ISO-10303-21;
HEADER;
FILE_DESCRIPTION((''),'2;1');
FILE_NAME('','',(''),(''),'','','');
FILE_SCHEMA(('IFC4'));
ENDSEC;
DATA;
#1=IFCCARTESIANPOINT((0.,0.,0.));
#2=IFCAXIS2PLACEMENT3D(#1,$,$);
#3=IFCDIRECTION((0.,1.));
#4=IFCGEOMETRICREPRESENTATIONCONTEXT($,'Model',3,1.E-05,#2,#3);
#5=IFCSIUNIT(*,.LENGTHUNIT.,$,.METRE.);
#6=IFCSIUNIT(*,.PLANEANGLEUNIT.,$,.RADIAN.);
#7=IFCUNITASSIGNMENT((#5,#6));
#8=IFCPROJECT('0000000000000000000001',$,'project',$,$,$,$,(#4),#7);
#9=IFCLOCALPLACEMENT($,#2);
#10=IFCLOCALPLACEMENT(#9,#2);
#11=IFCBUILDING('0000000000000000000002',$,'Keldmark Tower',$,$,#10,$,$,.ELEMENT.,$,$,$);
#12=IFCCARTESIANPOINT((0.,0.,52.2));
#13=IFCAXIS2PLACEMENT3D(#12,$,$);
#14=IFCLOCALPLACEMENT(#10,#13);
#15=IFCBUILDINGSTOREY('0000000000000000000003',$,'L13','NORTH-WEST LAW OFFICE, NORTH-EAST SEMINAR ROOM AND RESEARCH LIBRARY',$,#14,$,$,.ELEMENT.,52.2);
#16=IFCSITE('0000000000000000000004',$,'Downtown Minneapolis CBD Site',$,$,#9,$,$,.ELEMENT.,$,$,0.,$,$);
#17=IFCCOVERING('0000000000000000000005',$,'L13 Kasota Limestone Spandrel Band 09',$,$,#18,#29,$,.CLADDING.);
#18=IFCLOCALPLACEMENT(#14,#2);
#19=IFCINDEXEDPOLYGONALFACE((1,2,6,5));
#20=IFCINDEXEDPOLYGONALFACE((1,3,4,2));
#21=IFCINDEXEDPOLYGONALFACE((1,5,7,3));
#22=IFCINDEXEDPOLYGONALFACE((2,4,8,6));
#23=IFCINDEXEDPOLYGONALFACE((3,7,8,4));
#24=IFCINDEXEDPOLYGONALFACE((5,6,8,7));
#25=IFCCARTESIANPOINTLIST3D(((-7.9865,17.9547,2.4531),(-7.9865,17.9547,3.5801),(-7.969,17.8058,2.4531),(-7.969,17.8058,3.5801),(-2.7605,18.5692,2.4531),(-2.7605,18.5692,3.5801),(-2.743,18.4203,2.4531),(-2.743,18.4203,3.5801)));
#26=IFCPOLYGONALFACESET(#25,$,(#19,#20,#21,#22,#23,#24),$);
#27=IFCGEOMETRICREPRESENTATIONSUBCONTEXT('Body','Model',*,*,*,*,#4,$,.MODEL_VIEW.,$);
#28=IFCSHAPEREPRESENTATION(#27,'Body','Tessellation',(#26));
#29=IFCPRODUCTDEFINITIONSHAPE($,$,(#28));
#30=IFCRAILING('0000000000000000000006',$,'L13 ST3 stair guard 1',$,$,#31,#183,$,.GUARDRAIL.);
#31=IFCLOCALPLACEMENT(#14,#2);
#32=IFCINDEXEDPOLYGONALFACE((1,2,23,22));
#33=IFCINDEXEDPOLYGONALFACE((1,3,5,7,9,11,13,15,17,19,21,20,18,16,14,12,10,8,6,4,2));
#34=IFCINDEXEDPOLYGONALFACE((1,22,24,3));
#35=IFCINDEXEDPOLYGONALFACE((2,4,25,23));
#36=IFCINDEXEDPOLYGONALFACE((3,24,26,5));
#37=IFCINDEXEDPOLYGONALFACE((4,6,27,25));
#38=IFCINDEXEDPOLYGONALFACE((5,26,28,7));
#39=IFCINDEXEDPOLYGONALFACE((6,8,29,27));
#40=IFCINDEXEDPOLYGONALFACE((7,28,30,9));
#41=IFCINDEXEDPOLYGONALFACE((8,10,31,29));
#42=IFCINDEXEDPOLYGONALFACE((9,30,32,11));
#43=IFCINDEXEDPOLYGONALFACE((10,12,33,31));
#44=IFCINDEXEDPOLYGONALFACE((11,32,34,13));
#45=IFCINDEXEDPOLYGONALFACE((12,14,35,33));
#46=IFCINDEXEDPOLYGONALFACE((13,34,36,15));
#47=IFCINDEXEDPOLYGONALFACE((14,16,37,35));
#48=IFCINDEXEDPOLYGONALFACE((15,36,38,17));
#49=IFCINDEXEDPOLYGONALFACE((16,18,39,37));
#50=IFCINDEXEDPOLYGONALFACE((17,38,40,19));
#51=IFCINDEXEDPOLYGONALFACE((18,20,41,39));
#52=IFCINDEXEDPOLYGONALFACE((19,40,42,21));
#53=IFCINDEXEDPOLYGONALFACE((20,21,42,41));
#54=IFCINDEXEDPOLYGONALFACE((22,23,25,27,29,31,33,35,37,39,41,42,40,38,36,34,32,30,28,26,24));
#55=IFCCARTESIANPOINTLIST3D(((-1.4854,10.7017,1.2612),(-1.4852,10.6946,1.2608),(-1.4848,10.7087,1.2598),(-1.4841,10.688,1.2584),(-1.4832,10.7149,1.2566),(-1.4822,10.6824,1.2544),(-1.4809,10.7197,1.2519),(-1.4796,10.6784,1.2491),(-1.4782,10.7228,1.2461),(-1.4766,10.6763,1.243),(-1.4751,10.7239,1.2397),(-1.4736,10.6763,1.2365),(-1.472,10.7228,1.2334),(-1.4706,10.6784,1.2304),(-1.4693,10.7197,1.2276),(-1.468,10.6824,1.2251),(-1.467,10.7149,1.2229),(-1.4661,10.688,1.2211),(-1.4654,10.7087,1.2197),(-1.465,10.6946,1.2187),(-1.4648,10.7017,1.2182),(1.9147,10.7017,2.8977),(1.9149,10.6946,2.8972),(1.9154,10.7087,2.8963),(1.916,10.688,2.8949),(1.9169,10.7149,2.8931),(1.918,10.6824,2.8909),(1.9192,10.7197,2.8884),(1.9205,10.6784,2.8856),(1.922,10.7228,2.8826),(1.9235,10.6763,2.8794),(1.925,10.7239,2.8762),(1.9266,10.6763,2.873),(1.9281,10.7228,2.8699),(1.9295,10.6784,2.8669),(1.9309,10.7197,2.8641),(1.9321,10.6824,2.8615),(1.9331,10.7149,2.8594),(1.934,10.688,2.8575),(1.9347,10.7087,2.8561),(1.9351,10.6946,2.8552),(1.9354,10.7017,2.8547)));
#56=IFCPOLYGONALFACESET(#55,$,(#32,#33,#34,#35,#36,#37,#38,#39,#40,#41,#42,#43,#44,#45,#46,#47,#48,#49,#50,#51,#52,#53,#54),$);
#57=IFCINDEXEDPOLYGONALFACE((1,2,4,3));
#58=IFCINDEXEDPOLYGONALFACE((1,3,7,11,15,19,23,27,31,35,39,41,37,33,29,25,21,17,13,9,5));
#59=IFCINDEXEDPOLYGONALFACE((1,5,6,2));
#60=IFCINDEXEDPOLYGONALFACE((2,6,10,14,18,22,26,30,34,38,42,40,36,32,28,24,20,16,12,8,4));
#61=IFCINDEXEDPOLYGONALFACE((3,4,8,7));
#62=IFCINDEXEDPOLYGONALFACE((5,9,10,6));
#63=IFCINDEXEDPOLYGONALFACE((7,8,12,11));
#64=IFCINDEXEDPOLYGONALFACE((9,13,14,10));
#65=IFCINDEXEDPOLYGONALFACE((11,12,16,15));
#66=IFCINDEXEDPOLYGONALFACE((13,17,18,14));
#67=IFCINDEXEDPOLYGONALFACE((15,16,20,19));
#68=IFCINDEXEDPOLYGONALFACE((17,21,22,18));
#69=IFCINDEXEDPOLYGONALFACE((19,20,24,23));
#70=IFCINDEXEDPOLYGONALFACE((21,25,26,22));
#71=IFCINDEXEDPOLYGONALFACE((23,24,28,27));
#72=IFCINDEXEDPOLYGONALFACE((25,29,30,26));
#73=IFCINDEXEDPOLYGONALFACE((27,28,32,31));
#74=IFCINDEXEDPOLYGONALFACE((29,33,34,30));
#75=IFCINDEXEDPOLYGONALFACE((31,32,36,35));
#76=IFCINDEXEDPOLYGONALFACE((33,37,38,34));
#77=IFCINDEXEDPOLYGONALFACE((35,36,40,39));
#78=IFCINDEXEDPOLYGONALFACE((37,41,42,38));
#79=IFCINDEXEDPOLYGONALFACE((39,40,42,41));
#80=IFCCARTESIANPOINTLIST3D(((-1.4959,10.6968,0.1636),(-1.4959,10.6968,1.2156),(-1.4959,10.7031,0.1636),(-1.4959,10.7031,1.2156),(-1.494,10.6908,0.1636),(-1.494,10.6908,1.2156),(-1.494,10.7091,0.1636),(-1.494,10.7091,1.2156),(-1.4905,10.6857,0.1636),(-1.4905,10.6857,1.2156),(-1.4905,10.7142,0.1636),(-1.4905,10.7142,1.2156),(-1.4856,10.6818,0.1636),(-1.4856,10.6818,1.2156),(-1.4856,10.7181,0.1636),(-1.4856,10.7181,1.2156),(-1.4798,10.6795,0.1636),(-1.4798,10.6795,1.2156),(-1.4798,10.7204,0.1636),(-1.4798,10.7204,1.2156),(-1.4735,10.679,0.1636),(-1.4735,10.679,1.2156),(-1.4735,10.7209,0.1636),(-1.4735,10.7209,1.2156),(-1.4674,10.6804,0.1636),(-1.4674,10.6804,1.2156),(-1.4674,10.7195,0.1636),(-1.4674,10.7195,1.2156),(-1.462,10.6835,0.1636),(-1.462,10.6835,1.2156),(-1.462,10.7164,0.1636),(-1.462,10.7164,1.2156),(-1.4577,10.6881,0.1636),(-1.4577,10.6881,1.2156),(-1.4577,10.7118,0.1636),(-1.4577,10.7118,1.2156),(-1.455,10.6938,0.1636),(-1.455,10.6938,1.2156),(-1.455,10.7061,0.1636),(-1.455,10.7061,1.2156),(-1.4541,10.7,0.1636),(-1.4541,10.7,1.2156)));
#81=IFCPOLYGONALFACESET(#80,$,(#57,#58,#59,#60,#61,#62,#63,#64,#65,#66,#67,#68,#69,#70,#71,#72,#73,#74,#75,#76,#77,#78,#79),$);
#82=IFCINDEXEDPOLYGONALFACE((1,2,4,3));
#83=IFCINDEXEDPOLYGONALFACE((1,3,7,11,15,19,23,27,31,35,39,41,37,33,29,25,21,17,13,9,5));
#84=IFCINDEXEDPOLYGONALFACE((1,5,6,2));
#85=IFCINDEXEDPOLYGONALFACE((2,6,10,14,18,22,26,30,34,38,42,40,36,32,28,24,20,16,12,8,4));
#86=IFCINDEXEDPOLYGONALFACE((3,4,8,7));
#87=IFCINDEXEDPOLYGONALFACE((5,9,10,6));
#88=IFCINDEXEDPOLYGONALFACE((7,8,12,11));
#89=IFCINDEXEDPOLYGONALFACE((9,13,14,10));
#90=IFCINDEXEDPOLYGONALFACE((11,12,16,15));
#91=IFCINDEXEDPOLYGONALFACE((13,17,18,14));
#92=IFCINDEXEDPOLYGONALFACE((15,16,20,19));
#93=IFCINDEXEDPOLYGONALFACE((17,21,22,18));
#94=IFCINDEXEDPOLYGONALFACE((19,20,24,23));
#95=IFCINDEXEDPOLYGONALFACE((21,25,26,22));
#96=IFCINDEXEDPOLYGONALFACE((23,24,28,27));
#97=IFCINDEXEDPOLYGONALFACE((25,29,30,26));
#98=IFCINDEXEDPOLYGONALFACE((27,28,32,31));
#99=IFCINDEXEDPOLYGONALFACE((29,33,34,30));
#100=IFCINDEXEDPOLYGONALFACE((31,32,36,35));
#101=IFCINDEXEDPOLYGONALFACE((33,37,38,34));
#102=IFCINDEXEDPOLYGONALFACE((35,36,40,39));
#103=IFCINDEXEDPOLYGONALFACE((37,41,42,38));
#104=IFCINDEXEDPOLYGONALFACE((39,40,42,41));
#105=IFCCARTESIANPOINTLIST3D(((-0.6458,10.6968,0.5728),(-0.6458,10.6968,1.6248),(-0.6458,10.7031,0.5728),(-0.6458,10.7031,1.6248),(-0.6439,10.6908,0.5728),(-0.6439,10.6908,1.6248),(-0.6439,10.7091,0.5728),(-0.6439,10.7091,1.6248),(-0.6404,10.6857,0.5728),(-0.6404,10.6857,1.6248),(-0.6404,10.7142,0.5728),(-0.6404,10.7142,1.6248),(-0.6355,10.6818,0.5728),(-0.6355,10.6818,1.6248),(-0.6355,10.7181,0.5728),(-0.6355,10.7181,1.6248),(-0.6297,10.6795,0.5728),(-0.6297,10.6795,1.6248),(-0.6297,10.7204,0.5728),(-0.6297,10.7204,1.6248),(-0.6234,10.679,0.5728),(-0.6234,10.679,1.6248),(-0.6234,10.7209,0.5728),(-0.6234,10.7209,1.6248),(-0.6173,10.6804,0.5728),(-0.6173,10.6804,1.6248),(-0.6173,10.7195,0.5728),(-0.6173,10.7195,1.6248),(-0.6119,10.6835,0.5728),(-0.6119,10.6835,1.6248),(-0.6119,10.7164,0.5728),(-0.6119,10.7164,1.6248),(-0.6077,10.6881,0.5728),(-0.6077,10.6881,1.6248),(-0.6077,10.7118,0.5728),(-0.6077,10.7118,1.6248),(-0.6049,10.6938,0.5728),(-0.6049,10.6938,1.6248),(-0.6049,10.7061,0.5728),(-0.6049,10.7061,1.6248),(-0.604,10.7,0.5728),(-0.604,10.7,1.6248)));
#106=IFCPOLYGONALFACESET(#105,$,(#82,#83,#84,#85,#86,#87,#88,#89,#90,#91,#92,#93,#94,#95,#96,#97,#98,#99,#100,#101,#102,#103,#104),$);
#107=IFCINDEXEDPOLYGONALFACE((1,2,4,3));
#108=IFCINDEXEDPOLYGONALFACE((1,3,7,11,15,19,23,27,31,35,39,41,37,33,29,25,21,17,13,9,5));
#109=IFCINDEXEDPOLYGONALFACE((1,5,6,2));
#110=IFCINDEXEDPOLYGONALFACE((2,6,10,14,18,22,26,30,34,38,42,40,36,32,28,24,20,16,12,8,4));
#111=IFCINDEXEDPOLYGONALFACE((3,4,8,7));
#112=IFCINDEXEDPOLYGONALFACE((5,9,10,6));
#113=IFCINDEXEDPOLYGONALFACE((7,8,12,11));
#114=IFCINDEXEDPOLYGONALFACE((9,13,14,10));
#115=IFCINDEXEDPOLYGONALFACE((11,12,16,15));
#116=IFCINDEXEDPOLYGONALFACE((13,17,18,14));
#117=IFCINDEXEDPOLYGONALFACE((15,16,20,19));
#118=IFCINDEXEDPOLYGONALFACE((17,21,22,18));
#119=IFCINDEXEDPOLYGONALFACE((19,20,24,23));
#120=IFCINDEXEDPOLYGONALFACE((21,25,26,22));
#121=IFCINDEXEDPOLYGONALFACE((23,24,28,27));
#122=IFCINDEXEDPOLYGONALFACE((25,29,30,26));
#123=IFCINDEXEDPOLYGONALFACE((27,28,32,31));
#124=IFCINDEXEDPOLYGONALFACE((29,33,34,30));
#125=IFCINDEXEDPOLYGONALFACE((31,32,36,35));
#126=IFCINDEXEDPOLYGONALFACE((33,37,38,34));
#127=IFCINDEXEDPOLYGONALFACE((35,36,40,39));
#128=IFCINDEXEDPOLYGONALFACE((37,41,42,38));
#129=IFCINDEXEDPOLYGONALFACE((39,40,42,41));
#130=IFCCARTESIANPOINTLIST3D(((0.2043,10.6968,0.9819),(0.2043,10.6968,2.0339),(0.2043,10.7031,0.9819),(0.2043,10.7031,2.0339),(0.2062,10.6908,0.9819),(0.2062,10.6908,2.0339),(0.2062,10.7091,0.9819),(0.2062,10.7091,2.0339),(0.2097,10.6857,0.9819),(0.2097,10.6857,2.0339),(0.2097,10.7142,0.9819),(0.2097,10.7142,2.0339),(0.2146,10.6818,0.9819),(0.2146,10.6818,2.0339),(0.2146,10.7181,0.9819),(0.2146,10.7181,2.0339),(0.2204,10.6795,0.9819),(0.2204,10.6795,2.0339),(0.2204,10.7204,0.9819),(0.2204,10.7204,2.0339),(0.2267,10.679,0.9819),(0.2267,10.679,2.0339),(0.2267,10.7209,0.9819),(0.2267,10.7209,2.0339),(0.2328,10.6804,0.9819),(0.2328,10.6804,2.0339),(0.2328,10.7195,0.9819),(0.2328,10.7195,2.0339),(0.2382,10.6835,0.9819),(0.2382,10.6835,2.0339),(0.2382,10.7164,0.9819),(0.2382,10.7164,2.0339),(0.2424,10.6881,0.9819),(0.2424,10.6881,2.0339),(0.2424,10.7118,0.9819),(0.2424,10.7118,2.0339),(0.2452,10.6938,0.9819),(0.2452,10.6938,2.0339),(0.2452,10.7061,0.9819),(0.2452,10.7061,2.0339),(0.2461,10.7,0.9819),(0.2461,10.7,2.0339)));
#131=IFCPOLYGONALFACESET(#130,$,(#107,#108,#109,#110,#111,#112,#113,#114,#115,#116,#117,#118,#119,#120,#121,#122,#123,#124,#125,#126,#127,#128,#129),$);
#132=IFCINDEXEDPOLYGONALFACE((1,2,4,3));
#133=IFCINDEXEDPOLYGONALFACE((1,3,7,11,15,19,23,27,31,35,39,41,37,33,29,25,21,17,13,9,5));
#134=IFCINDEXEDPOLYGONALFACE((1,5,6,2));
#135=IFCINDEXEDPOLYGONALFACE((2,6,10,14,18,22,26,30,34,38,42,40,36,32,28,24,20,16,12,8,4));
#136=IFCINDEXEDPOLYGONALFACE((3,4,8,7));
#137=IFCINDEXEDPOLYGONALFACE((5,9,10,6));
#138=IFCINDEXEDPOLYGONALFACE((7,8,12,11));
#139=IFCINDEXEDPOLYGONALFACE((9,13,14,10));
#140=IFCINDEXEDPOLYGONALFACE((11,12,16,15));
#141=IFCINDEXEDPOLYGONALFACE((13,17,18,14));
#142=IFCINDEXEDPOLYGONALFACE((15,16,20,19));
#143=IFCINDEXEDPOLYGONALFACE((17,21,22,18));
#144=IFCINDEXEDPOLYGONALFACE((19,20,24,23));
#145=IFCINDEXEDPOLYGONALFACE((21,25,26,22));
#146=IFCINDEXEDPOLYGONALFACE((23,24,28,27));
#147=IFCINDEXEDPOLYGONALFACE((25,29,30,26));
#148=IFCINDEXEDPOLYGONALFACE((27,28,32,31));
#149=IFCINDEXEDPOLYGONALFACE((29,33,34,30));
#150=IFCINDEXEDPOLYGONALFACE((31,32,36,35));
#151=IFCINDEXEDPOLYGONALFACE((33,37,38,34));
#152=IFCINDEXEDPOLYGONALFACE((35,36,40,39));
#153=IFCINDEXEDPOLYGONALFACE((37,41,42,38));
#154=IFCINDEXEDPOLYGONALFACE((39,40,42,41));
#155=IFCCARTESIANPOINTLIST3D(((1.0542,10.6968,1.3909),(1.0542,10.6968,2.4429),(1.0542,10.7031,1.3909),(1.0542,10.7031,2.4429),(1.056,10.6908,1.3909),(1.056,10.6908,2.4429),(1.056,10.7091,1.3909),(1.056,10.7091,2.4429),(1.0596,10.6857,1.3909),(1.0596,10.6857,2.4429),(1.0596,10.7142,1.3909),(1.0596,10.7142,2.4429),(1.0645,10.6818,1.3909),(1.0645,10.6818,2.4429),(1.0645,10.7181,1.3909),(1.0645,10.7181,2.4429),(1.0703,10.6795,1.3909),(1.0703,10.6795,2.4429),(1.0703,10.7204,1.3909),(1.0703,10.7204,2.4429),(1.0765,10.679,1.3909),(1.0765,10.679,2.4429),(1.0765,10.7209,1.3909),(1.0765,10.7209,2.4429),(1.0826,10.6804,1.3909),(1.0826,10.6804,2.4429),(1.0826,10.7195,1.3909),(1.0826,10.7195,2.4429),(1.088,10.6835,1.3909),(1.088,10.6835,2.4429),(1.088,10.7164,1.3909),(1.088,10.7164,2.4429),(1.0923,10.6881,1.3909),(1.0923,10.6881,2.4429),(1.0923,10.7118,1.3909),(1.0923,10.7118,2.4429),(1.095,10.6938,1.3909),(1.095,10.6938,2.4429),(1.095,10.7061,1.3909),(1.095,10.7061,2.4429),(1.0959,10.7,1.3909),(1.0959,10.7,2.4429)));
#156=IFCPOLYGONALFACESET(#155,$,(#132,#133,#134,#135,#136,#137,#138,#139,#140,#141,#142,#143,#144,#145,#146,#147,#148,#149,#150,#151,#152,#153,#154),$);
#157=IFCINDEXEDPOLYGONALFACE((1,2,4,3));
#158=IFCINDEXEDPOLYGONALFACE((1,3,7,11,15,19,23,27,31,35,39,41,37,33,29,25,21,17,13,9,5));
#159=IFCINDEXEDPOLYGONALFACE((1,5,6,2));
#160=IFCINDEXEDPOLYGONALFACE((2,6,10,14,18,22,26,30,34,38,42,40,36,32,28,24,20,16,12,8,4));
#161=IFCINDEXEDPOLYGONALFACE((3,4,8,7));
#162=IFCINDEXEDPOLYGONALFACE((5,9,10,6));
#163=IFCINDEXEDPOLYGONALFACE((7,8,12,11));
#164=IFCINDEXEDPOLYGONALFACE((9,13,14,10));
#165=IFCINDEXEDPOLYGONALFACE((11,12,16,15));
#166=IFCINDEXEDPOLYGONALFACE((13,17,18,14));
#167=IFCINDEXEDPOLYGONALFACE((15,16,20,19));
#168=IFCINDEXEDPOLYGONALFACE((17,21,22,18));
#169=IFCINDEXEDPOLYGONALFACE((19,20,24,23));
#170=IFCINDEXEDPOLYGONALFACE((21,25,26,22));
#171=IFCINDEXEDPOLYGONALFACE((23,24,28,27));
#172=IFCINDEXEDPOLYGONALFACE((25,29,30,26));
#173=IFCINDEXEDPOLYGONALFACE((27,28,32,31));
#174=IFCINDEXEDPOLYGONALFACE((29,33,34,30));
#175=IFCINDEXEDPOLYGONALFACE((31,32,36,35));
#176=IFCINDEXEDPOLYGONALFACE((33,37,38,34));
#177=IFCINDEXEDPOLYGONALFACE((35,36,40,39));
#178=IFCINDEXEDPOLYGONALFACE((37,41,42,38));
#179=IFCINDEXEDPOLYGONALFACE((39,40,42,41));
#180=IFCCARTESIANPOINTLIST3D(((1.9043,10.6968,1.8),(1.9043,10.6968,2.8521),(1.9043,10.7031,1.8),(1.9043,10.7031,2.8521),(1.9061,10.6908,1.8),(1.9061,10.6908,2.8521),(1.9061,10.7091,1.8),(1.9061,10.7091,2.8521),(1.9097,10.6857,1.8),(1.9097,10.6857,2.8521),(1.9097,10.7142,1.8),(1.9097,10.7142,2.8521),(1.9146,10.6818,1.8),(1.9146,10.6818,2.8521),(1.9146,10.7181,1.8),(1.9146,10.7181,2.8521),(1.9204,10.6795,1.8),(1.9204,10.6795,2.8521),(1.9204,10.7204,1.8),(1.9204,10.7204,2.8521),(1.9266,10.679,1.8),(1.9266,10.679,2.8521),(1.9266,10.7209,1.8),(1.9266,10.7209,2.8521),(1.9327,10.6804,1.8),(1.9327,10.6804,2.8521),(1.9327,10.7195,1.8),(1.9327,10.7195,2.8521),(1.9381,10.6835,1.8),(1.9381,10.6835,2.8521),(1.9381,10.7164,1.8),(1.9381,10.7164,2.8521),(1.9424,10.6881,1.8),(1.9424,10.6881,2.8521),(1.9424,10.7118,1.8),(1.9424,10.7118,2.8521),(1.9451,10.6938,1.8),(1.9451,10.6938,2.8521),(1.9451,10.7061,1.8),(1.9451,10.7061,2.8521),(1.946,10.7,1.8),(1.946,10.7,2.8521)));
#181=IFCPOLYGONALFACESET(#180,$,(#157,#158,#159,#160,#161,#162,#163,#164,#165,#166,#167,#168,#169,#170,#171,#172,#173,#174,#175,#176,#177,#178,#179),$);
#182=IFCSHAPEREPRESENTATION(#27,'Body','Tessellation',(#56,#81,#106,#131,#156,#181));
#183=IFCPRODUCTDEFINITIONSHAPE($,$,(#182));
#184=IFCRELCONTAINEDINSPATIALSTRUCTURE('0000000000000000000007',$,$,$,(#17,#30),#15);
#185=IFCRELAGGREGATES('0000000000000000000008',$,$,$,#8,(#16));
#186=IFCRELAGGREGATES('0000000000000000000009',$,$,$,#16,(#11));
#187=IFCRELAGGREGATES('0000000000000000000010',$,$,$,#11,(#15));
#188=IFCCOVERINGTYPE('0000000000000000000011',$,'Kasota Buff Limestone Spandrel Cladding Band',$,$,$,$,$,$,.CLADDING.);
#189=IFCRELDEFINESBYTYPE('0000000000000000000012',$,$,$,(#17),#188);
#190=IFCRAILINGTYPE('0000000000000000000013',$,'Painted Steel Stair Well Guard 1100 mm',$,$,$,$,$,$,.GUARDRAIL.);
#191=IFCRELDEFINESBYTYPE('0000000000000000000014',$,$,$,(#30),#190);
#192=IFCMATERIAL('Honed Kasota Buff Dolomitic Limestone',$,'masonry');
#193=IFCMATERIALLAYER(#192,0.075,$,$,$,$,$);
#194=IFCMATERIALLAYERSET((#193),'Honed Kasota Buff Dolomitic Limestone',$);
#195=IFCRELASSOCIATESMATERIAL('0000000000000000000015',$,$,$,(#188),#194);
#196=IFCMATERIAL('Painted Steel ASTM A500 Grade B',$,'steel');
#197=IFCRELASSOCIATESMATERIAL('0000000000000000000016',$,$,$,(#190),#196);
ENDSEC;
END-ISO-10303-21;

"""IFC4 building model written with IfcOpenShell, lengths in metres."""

from ifc_helpers import new_model, si_unit, direction, frame, origin, origin_2d, place, context, subcontext, project, spatial, rectangle, circle, extrude, material, layer, layer_set, type_object, element, save


model = new_model("IFC4")

# Units and contexts
model_context = context("Model", 3, precision=1e-05, world=origin(), true_north=direction((0.0, 1.0)))
body_context = subcontext(model_context, "Body", "Model", "MODEL_VIEW")
ifc_project = project(units=[si_unit("LENGTHUNIT", "METRE"), si_unit("PLANEANGLEUNIT", "RADIAN")], contexts=[model_context])

# Site, building, storey
site_placement = place(None, origin())
site = spatial("IfcSite", under=ifc_project, at=site_placement, Name="Downtown Minneapolis CBD Site", CompositionType="ELEMENT", RefElevation=0.0)
building_placement = place(site_placement, origin())
building = spatial("IfcBuilding", under=site, at=building_placement, Name="Keldmark Tower", CompositionType="ELEMENT")
storey_placement = place(building_placement, frame((0.0, 0.0, 52.2)))
storey = spatial("IfcBuildingStorey", under=building, at=storey_placement, Name="L13", Description="NORTH-WEST LAW OFFICE, NORTH-EAST SEMINAR ROOM AND RESEARCH LIBRARY", CompositionType="ELEMENT", Elevation=52.2)

# Covering
ifc_material_1 = material(Name="Honed Kasota Buff Dolomitic Limestone", Category="masonry")
ifc_layer_1 = layer(ifc_material_1, 0.075)
ifc_layer_set_1 = layer_set([ifc_layer_1], Name="Honed Kasota Buff Dolomitic Limestone")
covering_type = type_object("IfcCoveringType", Name="Kasota Buff Limestone Spandrel Cladding Band", PredefinedType="CLADDING", material=ifc_layer_set_1)
covering_placement = place(storey_placement, frame((-5.3647, 18.1875, 2.4531), z_axis=(0.0, 0.0, 1.0), x_axis=(-0.993158, -0.116775, 0.0)))
element("IfcCovering", 1, at=covering_placement, inside=storey, type_object=covering_type, Name="L13 Kasota Limestone Spandrel Band 09", PredefinedType="CLADDING", context=body_context, shape_type="SweptSolid", body=[
    extrude(rectangle(XDim=5.262, YDim=0.1499, at=origin_2d()), origin(), (0.0, 0.0, 1.0), 1.127),
])

# Railing
ifc_material_2 = material(Name="Painted Steel ASTM A500 Grade B", Category="steel")
railing_type = type_object("IfcRailingType", Name="Painted Steel Stair Well Guard 1100 mm", PredefinedType="GUARDRAIL", material=ifc_material_2)
railing_1_placement = place(storey_placement, frame((-1.4751, 10.7, 0.1636)))
element("IfcRailing", 2, at=railing_1_placement, inside=storey, type_object=railing_type, Name="L13 ST3 stair guard 1", PredefinedType="GUARDRAIL", context=body_context, shape_type="SweptSolid", body=[
    extrude(circle(Radius=0.0239, at=origin_2d()), frame((0.0, 0.0, 1.0762), z_axis=(0.901067, 0.0, 0.433679), x_axis=(0.0, 1.0, 0.0)), (0.0, 0.0, 1.0), 3.7734),
    extrude(circle(Radius=0.021, at=origin_2d()), origin(), (0.0, 0.0, 1.0), 1.052),
    extrude(circle(Radius=0.021, at=origin_2d()), frame((0.8501, 0.0, 0.4092)), (0.0, 0.0, 1.0), 1.052),
    extrude(circle(Radius=0.021, at=origin_2d()), frame((1.7002, 0.0, 0.8184)), (0.0, 0.0, 1.0), 1.052),
    extrude(circle(Radius=0.021, at=origin_2d()), frame((2.55, 0.0, 1.2273)), (0.0, 0.0, 1.0), 1.052),
    extrude(circle(Radius=0.021, at=origin_2d()), frame((3.4001, 0.0, 1.6365)), (0.0, 0.0, 1.0), 1.052),
])

save(model, "model.ifc")
